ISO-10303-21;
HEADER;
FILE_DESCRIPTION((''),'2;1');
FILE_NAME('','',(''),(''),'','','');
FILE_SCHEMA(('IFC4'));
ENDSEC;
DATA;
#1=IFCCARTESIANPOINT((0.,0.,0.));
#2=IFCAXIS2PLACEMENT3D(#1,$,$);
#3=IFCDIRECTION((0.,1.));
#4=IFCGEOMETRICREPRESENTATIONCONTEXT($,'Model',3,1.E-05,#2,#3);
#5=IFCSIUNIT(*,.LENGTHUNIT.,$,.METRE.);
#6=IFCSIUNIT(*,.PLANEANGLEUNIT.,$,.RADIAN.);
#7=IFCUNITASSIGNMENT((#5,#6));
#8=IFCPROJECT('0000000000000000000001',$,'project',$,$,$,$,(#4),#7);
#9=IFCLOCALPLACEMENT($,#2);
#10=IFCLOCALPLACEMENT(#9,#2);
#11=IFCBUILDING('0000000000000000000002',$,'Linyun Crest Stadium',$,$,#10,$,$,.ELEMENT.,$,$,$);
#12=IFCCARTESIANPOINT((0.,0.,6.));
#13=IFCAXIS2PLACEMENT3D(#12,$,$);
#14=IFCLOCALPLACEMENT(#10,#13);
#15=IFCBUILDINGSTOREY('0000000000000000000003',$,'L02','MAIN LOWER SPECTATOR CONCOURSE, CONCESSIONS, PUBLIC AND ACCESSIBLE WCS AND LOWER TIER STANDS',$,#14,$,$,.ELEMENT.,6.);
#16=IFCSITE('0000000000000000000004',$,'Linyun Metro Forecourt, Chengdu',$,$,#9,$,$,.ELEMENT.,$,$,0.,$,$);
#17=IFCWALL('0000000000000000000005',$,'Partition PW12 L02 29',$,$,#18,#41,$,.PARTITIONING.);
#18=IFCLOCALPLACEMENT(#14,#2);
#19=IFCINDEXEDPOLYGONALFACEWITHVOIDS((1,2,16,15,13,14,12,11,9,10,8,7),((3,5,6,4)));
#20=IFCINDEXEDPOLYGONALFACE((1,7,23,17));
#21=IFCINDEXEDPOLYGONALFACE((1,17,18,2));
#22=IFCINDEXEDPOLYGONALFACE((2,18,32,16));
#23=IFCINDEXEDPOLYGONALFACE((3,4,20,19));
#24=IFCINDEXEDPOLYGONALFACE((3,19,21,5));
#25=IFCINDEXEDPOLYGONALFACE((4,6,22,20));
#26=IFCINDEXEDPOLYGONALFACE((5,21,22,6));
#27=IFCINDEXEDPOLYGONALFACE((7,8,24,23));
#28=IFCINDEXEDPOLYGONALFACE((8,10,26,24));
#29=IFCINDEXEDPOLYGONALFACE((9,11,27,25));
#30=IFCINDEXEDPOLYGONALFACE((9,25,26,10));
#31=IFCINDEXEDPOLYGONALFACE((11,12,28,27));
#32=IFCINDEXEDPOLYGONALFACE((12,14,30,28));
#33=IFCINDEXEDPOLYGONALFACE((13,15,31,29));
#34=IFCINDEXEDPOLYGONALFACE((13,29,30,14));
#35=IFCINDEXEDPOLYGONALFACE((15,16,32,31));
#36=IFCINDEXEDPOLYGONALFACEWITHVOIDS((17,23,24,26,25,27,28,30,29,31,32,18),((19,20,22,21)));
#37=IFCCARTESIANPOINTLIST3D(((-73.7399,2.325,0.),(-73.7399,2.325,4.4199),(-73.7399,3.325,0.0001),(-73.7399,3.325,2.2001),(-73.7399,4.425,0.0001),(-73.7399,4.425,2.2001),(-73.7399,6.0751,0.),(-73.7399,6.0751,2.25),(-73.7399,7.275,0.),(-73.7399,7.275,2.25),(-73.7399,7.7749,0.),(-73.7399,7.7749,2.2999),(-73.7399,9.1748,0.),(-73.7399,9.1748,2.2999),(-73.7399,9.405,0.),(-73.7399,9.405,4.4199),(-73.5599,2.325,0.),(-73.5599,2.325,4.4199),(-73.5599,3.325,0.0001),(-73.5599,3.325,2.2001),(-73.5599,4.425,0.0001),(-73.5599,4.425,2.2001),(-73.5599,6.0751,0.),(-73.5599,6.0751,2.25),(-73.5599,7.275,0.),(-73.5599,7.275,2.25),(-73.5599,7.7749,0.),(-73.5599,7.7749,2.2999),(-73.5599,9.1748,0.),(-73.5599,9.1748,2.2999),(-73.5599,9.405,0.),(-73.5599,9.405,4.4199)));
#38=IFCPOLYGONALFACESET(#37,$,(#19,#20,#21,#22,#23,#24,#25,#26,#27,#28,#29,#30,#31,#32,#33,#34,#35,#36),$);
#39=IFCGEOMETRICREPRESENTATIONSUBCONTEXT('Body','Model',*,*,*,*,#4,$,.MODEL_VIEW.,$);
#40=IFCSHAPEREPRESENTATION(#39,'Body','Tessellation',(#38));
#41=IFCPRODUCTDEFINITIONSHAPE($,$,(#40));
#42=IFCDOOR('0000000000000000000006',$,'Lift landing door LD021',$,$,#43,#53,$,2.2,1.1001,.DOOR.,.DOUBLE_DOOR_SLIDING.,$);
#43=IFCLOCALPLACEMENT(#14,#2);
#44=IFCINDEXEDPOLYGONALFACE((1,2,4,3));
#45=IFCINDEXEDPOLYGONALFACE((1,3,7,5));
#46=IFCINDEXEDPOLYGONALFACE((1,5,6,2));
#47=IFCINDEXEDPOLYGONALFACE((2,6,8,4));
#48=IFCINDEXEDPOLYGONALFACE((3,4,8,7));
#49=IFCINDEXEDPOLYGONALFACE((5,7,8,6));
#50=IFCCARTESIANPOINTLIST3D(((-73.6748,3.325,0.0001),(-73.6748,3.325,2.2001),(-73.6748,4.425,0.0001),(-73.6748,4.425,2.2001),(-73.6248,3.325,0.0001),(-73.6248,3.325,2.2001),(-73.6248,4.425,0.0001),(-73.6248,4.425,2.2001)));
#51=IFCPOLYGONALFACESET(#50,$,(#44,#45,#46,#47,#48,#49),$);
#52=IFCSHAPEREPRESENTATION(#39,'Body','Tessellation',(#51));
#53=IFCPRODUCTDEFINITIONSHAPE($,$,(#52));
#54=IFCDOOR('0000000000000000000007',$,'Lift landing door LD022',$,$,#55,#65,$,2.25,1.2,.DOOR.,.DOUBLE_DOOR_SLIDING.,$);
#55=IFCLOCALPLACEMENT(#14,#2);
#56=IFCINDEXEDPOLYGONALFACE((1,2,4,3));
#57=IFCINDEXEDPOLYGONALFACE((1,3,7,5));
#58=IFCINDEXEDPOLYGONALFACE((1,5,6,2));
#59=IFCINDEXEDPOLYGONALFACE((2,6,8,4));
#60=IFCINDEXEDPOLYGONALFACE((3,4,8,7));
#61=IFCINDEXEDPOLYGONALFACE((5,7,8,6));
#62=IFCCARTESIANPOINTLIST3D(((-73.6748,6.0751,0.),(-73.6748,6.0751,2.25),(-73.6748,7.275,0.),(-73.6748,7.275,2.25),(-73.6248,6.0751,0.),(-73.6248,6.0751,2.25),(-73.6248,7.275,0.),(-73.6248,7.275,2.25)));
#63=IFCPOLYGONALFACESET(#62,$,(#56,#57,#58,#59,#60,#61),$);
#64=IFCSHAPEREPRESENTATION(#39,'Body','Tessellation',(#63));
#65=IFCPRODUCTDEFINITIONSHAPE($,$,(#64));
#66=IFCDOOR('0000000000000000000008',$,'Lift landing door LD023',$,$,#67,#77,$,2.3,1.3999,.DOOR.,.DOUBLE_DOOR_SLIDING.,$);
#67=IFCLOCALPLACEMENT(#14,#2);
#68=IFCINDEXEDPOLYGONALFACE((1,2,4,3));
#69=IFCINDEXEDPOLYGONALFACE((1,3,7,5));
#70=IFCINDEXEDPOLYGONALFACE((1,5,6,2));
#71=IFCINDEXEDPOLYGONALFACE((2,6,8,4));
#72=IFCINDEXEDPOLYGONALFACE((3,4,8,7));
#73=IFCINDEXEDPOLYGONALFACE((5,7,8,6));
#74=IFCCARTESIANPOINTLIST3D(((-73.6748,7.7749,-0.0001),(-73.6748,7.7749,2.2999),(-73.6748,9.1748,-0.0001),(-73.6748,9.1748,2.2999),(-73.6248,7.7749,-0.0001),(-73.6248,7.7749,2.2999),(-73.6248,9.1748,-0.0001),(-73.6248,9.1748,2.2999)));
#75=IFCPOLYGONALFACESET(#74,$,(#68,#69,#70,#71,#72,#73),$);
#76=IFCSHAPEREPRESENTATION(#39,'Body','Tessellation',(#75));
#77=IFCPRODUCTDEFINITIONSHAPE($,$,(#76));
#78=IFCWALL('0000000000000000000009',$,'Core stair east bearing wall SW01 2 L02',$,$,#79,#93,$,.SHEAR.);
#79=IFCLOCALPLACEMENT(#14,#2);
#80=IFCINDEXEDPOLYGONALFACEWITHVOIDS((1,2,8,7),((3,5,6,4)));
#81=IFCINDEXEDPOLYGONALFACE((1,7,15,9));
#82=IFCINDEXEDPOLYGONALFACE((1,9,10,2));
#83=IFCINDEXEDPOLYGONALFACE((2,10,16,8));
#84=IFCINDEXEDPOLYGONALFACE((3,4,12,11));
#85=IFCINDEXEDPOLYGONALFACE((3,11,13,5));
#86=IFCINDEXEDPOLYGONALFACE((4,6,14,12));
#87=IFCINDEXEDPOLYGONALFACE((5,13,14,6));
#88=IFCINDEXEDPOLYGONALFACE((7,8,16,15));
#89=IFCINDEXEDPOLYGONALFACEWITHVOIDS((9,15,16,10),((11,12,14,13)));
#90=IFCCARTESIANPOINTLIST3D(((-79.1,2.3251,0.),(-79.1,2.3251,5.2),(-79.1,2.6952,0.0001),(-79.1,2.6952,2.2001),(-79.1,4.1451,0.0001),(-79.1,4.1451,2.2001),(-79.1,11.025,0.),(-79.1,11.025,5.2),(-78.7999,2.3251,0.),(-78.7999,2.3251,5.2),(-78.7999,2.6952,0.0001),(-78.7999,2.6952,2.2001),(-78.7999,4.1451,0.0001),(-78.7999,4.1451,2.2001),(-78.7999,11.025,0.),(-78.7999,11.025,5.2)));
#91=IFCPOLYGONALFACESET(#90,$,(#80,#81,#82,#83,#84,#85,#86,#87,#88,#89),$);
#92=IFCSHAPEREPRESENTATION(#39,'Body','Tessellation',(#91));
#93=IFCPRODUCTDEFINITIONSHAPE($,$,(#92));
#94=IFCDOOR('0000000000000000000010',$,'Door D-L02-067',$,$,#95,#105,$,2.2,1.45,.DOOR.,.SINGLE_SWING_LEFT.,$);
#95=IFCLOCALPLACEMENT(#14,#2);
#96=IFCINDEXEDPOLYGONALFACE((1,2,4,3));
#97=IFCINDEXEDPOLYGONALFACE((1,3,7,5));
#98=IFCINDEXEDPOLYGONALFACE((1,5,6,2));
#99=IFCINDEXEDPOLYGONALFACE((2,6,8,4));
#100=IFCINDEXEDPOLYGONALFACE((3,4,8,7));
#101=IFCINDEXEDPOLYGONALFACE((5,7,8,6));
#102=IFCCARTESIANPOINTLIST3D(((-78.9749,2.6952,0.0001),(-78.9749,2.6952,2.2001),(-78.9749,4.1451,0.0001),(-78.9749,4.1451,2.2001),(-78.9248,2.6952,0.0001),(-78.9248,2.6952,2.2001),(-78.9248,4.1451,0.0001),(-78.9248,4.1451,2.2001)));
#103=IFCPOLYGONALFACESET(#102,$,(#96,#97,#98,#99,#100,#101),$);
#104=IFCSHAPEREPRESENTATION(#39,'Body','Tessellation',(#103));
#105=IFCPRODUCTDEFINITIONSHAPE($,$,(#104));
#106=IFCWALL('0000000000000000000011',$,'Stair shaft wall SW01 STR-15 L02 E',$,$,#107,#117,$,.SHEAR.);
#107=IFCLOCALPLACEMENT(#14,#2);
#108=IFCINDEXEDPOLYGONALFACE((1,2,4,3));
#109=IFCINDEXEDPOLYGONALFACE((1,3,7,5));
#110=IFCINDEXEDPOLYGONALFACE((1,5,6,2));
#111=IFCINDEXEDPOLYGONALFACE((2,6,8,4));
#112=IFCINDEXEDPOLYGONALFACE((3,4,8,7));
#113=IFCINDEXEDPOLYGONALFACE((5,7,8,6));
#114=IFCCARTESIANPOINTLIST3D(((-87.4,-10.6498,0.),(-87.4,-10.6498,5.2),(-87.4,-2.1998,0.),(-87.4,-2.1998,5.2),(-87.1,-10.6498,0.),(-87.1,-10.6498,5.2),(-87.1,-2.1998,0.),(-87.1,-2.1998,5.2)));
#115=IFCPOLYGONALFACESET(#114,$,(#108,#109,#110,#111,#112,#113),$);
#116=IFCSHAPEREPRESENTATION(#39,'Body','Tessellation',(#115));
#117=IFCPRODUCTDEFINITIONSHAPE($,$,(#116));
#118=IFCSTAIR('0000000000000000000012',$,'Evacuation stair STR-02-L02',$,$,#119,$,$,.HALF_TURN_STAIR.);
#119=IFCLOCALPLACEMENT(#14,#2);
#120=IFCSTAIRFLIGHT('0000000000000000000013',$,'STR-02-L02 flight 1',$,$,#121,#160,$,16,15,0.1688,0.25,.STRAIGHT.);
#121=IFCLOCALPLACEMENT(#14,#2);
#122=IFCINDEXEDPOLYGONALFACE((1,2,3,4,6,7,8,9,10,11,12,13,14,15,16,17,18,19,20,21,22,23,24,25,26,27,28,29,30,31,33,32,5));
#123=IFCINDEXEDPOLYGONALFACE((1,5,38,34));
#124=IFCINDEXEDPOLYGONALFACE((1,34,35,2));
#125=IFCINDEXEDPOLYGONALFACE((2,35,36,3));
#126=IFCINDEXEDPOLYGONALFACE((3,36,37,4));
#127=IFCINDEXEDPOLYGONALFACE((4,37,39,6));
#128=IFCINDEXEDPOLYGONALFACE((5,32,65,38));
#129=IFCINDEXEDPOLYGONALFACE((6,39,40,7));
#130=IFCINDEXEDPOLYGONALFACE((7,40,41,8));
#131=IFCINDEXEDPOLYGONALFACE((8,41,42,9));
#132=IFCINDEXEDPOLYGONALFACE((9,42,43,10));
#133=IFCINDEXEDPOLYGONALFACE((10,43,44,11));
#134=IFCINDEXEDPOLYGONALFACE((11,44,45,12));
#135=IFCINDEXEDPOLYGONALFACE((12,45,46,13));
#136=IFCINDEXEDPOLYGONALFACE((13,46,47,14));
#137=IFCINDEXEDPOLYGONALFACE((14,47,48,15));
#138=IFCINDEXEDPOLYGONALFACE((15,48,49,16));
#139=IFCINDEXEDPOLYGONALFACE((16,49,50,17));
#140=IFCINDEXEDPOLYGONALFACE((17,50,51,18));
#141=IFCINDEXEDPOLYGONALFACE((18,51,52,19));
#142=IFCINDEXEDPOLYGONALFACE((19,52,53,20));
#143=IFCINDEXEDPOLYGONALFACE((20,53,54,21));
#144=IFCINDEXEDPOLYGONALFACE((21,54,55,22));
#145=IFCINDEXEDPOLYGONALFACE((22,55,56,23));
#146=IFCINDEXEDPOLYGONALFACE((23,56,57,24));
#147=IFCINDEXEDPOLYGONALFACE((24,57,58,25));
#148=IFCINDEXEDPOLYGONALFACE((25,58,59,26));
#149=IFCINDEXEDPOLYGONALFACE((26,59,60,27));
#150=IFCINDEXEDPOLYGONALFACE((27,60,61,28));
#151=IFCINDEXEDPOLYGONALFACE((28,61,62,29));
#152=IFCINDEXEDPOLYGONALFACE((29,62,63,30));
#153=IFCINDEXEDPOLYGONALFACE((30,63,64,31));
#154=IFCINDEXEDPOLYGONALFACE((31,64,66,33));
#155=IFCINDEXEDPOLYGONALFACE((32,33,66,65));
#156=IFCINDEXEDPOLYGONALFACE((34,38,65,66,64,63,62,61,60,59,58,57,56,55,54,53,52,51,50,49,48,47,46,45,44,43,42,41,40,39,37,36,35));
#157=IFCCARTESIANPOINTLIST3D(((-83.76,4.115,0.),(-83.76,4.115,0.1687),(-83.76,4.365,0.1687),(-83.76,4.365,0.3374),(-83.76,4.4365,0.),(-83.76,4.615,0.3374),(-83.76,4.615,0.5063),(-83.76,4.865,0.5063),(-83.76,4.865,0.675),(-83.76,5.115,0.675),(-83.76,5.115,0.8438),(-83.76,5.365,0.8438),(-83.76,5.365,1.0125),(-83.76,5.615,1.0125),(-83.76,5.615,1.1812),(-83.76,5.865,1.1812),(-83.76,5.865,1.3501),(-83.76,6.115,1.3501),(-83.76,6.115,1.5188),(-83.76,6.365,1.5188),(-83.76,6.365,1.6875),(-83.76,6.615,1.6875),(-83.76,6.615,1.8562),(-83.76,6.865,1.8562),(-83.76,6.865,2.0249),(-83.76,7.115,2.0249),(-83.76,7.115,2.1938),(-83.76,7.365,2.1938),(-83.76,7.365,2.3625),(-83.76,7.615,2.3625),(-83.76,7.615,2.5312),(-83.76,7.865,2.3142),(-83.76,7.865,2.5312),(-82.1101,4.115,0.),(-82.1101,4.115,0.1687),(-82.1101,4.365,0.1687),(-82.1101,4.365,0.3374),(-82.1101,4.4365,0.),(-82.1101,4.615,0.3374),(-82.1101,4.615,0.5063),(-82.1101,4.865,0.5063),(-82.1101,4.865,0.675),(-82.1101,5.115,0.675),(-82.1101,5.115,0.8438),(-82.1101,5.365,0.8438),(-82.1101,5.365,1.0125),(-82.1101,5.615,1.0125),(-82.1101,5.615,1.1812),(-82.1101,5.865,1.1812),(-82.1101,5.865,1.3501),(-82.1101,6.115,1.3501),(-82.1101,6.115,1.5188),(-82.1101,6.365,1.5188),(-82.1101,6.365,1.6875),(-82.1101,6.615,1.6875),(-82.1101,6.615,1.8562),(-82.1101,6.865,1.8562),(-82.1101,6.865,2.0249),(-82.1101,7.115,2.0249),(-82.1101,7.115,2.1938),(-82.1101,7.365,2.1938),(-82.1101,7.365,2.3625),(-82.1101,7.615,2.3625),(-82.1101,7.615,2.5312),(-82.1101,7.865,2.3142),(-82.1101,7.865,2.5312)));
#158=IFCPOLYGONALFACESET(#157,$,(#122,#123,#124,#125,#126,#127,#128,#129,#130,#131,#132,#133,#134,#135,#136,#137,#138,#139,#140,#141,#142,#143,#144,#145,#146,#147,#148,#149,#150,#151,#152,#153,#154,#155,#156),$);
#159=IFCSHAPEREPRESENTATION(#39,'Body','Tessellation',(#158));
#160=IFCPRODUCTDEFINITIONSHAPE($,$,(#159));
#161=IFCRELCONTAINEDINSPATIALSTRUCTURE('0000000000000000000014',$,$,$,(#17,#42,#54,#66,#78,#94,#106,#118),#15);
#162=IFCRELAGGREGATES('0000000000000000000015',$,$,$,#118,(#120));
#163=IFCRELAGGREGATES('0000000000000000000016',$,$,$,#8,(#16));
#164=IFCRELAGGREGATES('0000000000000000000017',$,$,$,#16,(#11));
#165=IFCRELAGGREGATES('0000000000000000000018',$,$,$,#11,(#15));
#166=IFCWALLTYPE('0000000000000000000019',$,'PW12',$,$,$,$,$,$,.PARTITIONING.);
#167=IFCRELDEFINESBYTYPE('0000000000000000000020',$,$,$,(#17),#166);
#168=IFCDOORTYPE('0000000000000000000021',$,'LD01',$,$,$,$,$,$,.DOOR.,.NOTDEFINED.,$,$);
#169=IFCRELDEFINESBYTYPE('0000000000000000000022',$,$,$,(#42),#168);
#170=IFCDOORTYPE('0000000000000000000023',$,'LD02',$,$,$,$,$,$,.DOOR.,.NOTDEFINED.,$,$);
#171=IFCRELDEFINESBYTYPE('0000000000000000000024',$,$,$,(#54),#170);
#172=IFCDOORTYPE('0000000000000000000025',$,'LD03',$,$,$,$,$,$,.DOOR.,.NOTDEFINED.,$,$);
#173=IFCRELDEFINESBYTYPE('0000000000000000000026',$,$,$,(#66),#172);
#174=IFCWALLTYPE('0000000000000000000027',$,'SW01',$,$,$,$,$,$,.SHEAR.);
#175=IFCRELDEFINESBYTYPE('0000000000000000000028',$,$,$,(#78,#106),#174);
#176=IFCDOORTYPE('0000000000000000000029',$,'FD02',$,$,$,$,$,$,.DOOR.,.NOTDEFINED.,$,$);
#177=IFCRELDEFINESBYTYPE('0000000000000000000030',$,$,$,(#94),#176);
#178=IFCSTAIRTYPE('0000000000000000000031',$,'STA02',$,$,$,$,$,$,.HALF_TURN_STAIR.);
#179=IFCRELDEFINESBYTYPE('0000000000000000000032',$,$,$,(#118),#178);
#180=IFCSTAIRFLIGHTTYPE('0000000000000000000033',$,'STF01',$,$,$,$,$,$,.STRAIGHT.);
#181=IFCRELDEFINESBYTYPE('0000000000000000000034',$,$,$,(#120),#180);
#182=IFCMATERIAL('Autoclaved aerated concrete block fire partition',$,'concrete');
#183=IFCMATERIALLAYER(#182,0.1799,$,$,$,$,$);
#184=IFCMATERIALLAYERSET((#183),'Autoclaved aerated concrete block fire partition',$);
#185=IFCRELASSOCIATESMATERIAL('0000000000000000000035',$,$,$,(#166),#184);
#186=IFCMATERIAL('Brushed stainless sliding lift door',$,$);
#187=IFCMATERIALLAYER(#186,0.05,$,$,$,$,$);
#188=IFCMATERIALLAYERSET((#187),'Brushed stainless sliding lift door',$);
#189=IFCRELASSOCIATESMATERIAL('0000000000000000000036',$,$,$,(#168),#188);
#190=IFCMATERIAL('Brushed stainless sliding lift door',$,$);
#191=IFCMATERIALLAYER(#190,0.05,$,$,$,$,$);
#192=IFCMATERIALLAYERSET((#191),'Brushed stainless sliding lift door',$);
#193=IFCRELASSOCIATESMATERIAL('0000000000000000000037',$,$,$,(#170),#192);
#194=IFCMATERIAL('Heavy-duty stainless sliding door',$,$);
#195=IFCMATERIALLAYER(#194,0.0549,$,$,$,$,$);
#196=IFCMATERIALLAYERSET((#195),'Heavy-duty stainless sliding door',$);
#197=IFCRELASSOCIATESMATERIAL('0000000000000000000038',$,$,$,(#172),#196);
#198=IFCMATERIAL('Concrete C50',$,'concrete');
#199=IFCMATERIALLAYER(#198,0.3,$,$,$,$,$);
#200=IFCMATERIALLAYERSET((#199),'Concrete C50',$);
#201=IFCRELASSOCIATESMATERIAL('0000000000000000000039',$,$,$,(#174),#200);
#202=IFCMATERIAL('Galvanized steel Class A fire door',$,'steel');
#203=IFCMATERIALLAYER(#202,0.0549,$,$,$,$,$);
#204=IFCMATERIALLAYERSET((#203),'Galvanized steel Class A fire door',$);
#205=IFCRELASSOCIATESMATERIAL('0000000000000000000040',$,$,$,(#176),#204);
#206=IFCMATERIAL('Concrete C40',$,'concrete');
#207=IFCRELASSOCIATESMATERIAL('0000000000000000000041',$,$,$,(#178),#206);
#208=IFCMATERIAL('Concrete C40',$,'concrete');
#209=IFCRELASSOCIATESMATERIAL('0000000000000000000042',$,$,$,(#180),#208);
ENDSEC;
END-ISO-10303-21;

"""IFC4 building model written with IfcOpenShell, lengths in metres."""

from ifc_helpers import new_model, si_unit, direction, frame, frame_2d, origin, place, context, subcontext, project, spatial, polyline, rectangle, outline, extrude, material, layer, layer_set, type_object, element, fill, aggregate, save


model = new_model("IFC4")

# Units and contexts
model_context = context("Model", 3, precision=1e-05, world=origin(), true_north=direction((0.0, 1.0)))
body_context = subcontext(model_context, "Body", "Model", "MODEL_VIEW")
ifc_project = project(units=[si_unit("LENGTHUNIT", "METRE"), si_unit("PLANEANGLEUNIT", "RADIAN")], contexts=[model_context])

# Site, building, storey
site_placement = place(None, origin())
site = spatial("IfcSite", under=ifc_project, at=site_placement, Name="Linyun Metro Forecourt, Chengdu", CompositionType="ELEMENT", RefElevation=0.0)
building_placement = place(site_placement, origin())
building = spatial("IfcBuilding", under=site, at=building_placement, Name="Linyun Crest Stadium", CompositionType="ELEMENT")
storey_placement = place(building_placement, frame((0.0, 0.0, 6.0)))
storey = spatial("IfcBuildingStorey", under=building, at=storey_placement, Name="L02", Description="MAIN LOWER SPECTATOR CONCOURSE, CONCESSIONS, PUBLIC AND ACCESSIBLE WCS AND LOWER TIER STANDS", CompositionType="ELEMENT", Elevation=6.0)

# Wall, openings, doors
ifc_material_1 = material(Name="Autoclaved aerated concrete block fire partition", Category="concrete")
ifc_layer_1 = layer(ifc_material_1, 0.1799)
ifc_layer_set_1 = layer_set([ifc_layer_1], Name="Autoclaved aerated concrete block fire partition")
wall_type_1 = type_object("IfcWallType", Name="PW12", PredefinedType="PARTITIONING", material=ifc_layer_set_1)
wall_1_placement = place(storey_placement, frame((-73.6499, 2.325, 0.0), z_axis=(0.0, 0.0, 1.0), x_axis=(0.0, 1.0, 0.0)))
wall_1 = element("IfcWall", 1, at=wall_1_placement, inside=storey, type_object=wall_type_1, Name="Partition PW12 L02 29", PredefinedType="PARTITIONING", context=body_context, shape_type="SweptSolid", body=[
    extrude(rectangle(XDim=7.0801, YDim=0.1799, at=frame_2d((3.54, 0.0))), origin(), (0.0, 0.0, 1.0), 4.4199),
])
opening_1_placement = place(wall_1_placement, frame((1.0, 0.0, 0.0)))
opening_1 = element("IfcOpeningElement", 2, at=opening_1_placement, cuts=wall_1, PredefinedType="OPENING", context=body_context, shape_type="SweptSolid", body=[
    extrude(rectangle(XDim=1.1001, YDim=2.2, at=frame_2d((0.55, 1.1001))), frame((0.0, 0.0999, 0.0), z_axis=(0.0, -1.0, 0.0), x_axis=(1.0, 0.0, 0.0)), (0.0, 0.0, 1.0), 0.2),
])
opening_2_placement = place(wall_1_placement, frame((3.75, 0.0, 0.0)))
opening_2 = element("IfcOpeningElement", 3, at=opening_2_placement, cuts=wall_1, PredefinedType="OPENING", context=body_context, shape_type="SweptSolid", body=[
    extrude(rectangle(XDim=1.2, YDim=2.25, at=frame_2d((0.6001, 1.125))), frame((0.0, 0.0999, 0.0), z_axis=(0.0, -1.0, 0.0), x_axis=(1.0, 0.0, 0.0)), (0.0, 0.0, 1.0), 0.2),
])
opening_3_placement = place(wall_1_placement, frame((5.45, 0.0, 0.0)))
opening_3 = element("IfcOpeningElement", 4, at=opening_3_placement, cuts=wall_1, PredefinedType="OPENING", context=body_context, shape_type="SweptSolid", body=[
    extrude(rectangle(XDim=1.3999, YDim=2.3, at=frame_2d((0.7, 1.1499))), frame((0.0, 0.0999, 0.0), z_axis=(0.0, -1.0, 0.0), x_axis=(1.0, 0.0, 0.0)), (0.0, 0.0, 1.0), 0.2),
])
ifc_material_2 = material(Name="Brushed stainless sliding lift door")
ifc_layer_2 = layer(ifc_material_2, 0.05)
ifc_layer_set_2 = layer_set([ifc_layer_2], Name="Brushed stainless sliding lift door")
door_type_1 = type_object("IfcDoorType", Name="LD01", OperationType="NOTDEFINED", PredefinedType="DOOR", material=ifc_layer_set_2)
door_1_placement = place(opening_1_placement, origin())
door_1 = element("IfcDoor", 5, at=door_1_placement, inside=storey, type_object=door_type_1, Name="Lift landing door LD021", OperationType="DOUBLE_DOOR_SLIDING", OverallHeight=2.2, OverallWidth=1.1001, PredefinedType="DOOR", context=body_context, shape_type="SweptSolid", body=[
    extrude(rectangle(XDim=1.1001, YDim=2.2, at=frame_2d((0.55, 1.1001))), frame((0.0, 0.0249, 0.0), z_axis=(0.0, -1.0, 0.0), x_axis=(1.0, 0.0, 0.0)), (0.0, 0.0, 1.0), 0.05),
])
fill(opening_1, door_1)
ifc_material_3 = material(Name="Brushed stainless sliding lift door")
ifc_layer_3 = layer(ifc_material_3, 0.05)
ifc_layer_set_3 = layer_set([ifc_layer_3], Name="Brushed stainless sliding lift door")
door_type_2 = type_object("IfcDoorType", Name="LD02", OperationType="NOTDEFINED", PredefinedType="DOOR", material=ifc_layer_set_3)
door_2_placement = place(opening_2_placement, origin())
door_2 = element("IfcDoor", 6, at=door_2_placement, inside=storey, type_object=door_type_2, Name="Lift landing door LD022", OperationType="DOUBLE_DOOR_SLIDING", OverallHeight=2.25, OverallWidth=1.2, PredefinedType="DOOR", context=body_context, shape_type="SweptSolid", body=[
    extrude(rectangle(XDim=1.2, YDim=2.25, at=frame_2d((0.6001, 1.125))), frame((0.0, 0.0249, 0.0), z_axis=(0.0, -1.0, 0.0), x_axis=(1.0, 0.0, 0.0)), (0.0, 0.0, 1.0), 0.05),
])
fill(opening_2, door_2)
ifc_material_4 = material(Name="Heavy-duty stainless sliding door")
ifc_layer_4 = layer(ifc_material_4, 0.0549)
ifc_layer_set_4 = layer_set([ifc_layer_4], Name="Heavy-duty stainless sliding door")
door_type_3 = type_object("IfcDoorType", Name="LD03", OperationType="NOTDEFINED", PredefinedType="DOOR", material=ifc_layer_set_4)
door_3_placement = place(opening_3_placement, origin())
door_3 = element("IfcDoor", 7, at=door_3_placement, inside=storey, type_object=door_type_3, Name="Lift landing door LD023", OperationType="DOUBLE_DOOR_SLIDING", OverallHeight=2.3, OverallWidth=1.3999, PredefinedType="DOOR", context=body_context, shape_type="SweptSolid", body=[
    extrude(rectangle(XDim=1.3999, YDim=2.3, at=frame_2d((0.7, 1.1499))), frame((0.0, 0.0249, 0.0), z_axis=(0.0, -1.0, 0.0), x_axis=(1.0, 0.0, 0.0)), (0.0, 0.0, 1.0), 0.05),
])
fill(opening_3, door_3)

# Wall, opening, door
ifc_material_5 = material(Name="Concrete C50", Category="concrete")
ifc_layer_5 = layer(ifc_material_5, 0.3)
ifc_layer_set_5 = layer_set([ifc_layer_5], Name="Concrete C50")
wall_type_2 = type_object("IfcWallType", Name="SW01", PredefinedType="SHEAR", material=ifc_layer_set_5)
wall_2_placement = place(storey_placement, frame((-78.95, 2.325, 0.0), z_axis=(0.0, 0.0, 1.0), x_axis=(0.0, 1.0, 0.0)))
wall_2 = element("IfcWall", 8, at=wall_2_placement, inside=storey, type_object=wall_type_2, Name="Core stair east bearing wall SW01 2 L02", PredefinedType="SHEAR", context=body_context, shape_type="SweptSolid", body=[
    extrude(rectangle(XDim=8.7, YDim=0.3, at=frame_2d((4.3501, 0.0))), origin(), (0.0, 0.0, 1.0), 5.2),
])
opening_4_placement = place(wall_2_placement, frame((0.3701, 0.0, 0.0)))
opening_4 = element("IfcOpeningElement", 9, at=opening_4_placement, cuts=wall_2, PredefinedType="OPENING", context=body_context, shape_type="SweptSolid", body=[
    extrude(rectangle(XDim=1.45, YDim=2.2, at=frame_2d((0.7251, 1.1001))), frame((0.0, 0.1599, 0.0), z_axis=(0.0, -1.0, 0.0), x_axis=(1.0, 0.0, 0.0)), (0.0, 0.0, 1.0), 0.3201),
])
ifc_material_6 = material(Name="Galvanized steel Class A fire door", Category="steel")
ifc_layer_6 = layer(ifc_material_6, 0.0549)
ifc_layer_set_6 = layer_set([ifc_layer_6], Name="Galvanized steel Class A fire door")
door_type_4 = type_object("IfcDoorType", Name="FD02", OperationType="NOTDEFINED", PredefinedType="DOOR", material=ifc_layer_set_6)
door_4_placement = place(opening_4_placement, origin())
door_4 = element("IfcDoor", 10, at=door_4_placement, inside=storey, type_object=door_type_4, Name="Door D-L02-067", OperationType="SINGLE_SWING_LEFT", OverallHeight=2.2, OverallWidth=1.45, PredefinedType="DOOR", context=body_context, shape_type="SweptSolid", body=[
    extrude(rectangle(XDim=1.45, YDim=2.2, at=frame_2d((0.7251, 1.1001))), frame((0.0, 0.0249, 0.0), z_axis=(0.0, -1.0, 0.0), x_axis=(1.0, 0.0, 0.0)), (0.0, 0.0, 1.0), 0.05),
])
fill(opening_4, door_4)

# Wall
wall_3_placement = place(storey_placement, frame((-87.25, -10.6499, 0.0), z_axis=(0.0, 0.0, 1.0), x_axis=(0.0, 1.0, 0.0)))
element("IfcWall", 11, at=wall_3_placement, inside=storey, type_object=wall_type_2, Name="Stair shaft wall SW01 STR-15 L02 E", PredefinedType="SHEAR", context=body_context, shape_type="SweptSolid", body=[
    extrude(rectangle(XDim=8.45, YDim=0.3, at=frame_2d((4.2251, 0.0))), origin(), (0.0, 0.0, 1.0), 5.2),
])

# Stair, stair flight
ifc_material_7 = material(Name="Concrete C40", Category="concrete")
stair_type = type_object("IfcStairType", Name="STA02", PredefinedType="HALF_TURN_STAIR", material=ifc_material_7)
stair_placement = place(storey_placement, origin())
stair = element("IfcStair", 12, at=stair_placement, inside=storey, type_object=stair_type, Name="Evacuation stair STR-02-L02", PredefinedType="HALF_TURN_STAIR")
ifc_material_8 = material(Name="Concrete C40", Category="concrete")
stair_flight_type = type_object("IfcStairFlightType", Name="STF01", PredefinedType="STRAIGHT", material=ifc_material_8)
stair_flight_placement = place(storey_placement, frame((-82.9351, 4.115, 0.0), z_axis=(0.0, 0.0, 1.0), x_axis=(0.0, 1.0, 0.0)))
stair_flight = element("IfcStairFlight", 13, at=stair_flight_placement, type_object=stair_flight_type, Name="STR-02-L02 flight 1", NumberOfRisers=16, NumberOfTreads=15, PredefinedType="STRAIGHT", RiserHeight=0.1688, TreadLength=0.25, context=body_context, shape_type="SweptSolid", body=[
    extrude(outline(polyline([(0.0, 0.0), (0.0, 0.1687), (0.25, 0.1687), (0.25, 0.3374), (0.5, 0.3374), (0.5, 0.5063), (0.75, 0.5063), (0.75, 0.675), (1.0, 0.675), (1.0, 0.8438), (1.25, 0.8438), (1.25, 1.0125), (1.5, 1.0125), (1.5, 1.1812), (1.75, 1.1812), (1.75, 1.3501), (2.0, 1.3501), (2.0, 1.5188), (2.25, 1.5188), (2.25, 1.6875), (2.5, 1.6875), (2.5, 1.8562), (2.75, 1.8562), (2.75, 2.0249), (3.0, 2.0249), (3.0, 2.1938), (3.25, 2.1938), (3.25, 2.3625), (3.5, 2.3625), (3.5, 2.5312), (3.75, 2.5312), (3.75, 2.7), (3.75, 2.3142), (0.3215, 0.0), (0.0, 0.0)])), frame((0.0, 0.825, 0.0), z_axis=(0.0, -1.0, 0.0), x_axis=(1.0, 0.0, 0.0)), (0.0, 0.0, 1.0), 1.6499),
])
aggregate(stair, [stair_flight])

save(model, "model.ifc")
